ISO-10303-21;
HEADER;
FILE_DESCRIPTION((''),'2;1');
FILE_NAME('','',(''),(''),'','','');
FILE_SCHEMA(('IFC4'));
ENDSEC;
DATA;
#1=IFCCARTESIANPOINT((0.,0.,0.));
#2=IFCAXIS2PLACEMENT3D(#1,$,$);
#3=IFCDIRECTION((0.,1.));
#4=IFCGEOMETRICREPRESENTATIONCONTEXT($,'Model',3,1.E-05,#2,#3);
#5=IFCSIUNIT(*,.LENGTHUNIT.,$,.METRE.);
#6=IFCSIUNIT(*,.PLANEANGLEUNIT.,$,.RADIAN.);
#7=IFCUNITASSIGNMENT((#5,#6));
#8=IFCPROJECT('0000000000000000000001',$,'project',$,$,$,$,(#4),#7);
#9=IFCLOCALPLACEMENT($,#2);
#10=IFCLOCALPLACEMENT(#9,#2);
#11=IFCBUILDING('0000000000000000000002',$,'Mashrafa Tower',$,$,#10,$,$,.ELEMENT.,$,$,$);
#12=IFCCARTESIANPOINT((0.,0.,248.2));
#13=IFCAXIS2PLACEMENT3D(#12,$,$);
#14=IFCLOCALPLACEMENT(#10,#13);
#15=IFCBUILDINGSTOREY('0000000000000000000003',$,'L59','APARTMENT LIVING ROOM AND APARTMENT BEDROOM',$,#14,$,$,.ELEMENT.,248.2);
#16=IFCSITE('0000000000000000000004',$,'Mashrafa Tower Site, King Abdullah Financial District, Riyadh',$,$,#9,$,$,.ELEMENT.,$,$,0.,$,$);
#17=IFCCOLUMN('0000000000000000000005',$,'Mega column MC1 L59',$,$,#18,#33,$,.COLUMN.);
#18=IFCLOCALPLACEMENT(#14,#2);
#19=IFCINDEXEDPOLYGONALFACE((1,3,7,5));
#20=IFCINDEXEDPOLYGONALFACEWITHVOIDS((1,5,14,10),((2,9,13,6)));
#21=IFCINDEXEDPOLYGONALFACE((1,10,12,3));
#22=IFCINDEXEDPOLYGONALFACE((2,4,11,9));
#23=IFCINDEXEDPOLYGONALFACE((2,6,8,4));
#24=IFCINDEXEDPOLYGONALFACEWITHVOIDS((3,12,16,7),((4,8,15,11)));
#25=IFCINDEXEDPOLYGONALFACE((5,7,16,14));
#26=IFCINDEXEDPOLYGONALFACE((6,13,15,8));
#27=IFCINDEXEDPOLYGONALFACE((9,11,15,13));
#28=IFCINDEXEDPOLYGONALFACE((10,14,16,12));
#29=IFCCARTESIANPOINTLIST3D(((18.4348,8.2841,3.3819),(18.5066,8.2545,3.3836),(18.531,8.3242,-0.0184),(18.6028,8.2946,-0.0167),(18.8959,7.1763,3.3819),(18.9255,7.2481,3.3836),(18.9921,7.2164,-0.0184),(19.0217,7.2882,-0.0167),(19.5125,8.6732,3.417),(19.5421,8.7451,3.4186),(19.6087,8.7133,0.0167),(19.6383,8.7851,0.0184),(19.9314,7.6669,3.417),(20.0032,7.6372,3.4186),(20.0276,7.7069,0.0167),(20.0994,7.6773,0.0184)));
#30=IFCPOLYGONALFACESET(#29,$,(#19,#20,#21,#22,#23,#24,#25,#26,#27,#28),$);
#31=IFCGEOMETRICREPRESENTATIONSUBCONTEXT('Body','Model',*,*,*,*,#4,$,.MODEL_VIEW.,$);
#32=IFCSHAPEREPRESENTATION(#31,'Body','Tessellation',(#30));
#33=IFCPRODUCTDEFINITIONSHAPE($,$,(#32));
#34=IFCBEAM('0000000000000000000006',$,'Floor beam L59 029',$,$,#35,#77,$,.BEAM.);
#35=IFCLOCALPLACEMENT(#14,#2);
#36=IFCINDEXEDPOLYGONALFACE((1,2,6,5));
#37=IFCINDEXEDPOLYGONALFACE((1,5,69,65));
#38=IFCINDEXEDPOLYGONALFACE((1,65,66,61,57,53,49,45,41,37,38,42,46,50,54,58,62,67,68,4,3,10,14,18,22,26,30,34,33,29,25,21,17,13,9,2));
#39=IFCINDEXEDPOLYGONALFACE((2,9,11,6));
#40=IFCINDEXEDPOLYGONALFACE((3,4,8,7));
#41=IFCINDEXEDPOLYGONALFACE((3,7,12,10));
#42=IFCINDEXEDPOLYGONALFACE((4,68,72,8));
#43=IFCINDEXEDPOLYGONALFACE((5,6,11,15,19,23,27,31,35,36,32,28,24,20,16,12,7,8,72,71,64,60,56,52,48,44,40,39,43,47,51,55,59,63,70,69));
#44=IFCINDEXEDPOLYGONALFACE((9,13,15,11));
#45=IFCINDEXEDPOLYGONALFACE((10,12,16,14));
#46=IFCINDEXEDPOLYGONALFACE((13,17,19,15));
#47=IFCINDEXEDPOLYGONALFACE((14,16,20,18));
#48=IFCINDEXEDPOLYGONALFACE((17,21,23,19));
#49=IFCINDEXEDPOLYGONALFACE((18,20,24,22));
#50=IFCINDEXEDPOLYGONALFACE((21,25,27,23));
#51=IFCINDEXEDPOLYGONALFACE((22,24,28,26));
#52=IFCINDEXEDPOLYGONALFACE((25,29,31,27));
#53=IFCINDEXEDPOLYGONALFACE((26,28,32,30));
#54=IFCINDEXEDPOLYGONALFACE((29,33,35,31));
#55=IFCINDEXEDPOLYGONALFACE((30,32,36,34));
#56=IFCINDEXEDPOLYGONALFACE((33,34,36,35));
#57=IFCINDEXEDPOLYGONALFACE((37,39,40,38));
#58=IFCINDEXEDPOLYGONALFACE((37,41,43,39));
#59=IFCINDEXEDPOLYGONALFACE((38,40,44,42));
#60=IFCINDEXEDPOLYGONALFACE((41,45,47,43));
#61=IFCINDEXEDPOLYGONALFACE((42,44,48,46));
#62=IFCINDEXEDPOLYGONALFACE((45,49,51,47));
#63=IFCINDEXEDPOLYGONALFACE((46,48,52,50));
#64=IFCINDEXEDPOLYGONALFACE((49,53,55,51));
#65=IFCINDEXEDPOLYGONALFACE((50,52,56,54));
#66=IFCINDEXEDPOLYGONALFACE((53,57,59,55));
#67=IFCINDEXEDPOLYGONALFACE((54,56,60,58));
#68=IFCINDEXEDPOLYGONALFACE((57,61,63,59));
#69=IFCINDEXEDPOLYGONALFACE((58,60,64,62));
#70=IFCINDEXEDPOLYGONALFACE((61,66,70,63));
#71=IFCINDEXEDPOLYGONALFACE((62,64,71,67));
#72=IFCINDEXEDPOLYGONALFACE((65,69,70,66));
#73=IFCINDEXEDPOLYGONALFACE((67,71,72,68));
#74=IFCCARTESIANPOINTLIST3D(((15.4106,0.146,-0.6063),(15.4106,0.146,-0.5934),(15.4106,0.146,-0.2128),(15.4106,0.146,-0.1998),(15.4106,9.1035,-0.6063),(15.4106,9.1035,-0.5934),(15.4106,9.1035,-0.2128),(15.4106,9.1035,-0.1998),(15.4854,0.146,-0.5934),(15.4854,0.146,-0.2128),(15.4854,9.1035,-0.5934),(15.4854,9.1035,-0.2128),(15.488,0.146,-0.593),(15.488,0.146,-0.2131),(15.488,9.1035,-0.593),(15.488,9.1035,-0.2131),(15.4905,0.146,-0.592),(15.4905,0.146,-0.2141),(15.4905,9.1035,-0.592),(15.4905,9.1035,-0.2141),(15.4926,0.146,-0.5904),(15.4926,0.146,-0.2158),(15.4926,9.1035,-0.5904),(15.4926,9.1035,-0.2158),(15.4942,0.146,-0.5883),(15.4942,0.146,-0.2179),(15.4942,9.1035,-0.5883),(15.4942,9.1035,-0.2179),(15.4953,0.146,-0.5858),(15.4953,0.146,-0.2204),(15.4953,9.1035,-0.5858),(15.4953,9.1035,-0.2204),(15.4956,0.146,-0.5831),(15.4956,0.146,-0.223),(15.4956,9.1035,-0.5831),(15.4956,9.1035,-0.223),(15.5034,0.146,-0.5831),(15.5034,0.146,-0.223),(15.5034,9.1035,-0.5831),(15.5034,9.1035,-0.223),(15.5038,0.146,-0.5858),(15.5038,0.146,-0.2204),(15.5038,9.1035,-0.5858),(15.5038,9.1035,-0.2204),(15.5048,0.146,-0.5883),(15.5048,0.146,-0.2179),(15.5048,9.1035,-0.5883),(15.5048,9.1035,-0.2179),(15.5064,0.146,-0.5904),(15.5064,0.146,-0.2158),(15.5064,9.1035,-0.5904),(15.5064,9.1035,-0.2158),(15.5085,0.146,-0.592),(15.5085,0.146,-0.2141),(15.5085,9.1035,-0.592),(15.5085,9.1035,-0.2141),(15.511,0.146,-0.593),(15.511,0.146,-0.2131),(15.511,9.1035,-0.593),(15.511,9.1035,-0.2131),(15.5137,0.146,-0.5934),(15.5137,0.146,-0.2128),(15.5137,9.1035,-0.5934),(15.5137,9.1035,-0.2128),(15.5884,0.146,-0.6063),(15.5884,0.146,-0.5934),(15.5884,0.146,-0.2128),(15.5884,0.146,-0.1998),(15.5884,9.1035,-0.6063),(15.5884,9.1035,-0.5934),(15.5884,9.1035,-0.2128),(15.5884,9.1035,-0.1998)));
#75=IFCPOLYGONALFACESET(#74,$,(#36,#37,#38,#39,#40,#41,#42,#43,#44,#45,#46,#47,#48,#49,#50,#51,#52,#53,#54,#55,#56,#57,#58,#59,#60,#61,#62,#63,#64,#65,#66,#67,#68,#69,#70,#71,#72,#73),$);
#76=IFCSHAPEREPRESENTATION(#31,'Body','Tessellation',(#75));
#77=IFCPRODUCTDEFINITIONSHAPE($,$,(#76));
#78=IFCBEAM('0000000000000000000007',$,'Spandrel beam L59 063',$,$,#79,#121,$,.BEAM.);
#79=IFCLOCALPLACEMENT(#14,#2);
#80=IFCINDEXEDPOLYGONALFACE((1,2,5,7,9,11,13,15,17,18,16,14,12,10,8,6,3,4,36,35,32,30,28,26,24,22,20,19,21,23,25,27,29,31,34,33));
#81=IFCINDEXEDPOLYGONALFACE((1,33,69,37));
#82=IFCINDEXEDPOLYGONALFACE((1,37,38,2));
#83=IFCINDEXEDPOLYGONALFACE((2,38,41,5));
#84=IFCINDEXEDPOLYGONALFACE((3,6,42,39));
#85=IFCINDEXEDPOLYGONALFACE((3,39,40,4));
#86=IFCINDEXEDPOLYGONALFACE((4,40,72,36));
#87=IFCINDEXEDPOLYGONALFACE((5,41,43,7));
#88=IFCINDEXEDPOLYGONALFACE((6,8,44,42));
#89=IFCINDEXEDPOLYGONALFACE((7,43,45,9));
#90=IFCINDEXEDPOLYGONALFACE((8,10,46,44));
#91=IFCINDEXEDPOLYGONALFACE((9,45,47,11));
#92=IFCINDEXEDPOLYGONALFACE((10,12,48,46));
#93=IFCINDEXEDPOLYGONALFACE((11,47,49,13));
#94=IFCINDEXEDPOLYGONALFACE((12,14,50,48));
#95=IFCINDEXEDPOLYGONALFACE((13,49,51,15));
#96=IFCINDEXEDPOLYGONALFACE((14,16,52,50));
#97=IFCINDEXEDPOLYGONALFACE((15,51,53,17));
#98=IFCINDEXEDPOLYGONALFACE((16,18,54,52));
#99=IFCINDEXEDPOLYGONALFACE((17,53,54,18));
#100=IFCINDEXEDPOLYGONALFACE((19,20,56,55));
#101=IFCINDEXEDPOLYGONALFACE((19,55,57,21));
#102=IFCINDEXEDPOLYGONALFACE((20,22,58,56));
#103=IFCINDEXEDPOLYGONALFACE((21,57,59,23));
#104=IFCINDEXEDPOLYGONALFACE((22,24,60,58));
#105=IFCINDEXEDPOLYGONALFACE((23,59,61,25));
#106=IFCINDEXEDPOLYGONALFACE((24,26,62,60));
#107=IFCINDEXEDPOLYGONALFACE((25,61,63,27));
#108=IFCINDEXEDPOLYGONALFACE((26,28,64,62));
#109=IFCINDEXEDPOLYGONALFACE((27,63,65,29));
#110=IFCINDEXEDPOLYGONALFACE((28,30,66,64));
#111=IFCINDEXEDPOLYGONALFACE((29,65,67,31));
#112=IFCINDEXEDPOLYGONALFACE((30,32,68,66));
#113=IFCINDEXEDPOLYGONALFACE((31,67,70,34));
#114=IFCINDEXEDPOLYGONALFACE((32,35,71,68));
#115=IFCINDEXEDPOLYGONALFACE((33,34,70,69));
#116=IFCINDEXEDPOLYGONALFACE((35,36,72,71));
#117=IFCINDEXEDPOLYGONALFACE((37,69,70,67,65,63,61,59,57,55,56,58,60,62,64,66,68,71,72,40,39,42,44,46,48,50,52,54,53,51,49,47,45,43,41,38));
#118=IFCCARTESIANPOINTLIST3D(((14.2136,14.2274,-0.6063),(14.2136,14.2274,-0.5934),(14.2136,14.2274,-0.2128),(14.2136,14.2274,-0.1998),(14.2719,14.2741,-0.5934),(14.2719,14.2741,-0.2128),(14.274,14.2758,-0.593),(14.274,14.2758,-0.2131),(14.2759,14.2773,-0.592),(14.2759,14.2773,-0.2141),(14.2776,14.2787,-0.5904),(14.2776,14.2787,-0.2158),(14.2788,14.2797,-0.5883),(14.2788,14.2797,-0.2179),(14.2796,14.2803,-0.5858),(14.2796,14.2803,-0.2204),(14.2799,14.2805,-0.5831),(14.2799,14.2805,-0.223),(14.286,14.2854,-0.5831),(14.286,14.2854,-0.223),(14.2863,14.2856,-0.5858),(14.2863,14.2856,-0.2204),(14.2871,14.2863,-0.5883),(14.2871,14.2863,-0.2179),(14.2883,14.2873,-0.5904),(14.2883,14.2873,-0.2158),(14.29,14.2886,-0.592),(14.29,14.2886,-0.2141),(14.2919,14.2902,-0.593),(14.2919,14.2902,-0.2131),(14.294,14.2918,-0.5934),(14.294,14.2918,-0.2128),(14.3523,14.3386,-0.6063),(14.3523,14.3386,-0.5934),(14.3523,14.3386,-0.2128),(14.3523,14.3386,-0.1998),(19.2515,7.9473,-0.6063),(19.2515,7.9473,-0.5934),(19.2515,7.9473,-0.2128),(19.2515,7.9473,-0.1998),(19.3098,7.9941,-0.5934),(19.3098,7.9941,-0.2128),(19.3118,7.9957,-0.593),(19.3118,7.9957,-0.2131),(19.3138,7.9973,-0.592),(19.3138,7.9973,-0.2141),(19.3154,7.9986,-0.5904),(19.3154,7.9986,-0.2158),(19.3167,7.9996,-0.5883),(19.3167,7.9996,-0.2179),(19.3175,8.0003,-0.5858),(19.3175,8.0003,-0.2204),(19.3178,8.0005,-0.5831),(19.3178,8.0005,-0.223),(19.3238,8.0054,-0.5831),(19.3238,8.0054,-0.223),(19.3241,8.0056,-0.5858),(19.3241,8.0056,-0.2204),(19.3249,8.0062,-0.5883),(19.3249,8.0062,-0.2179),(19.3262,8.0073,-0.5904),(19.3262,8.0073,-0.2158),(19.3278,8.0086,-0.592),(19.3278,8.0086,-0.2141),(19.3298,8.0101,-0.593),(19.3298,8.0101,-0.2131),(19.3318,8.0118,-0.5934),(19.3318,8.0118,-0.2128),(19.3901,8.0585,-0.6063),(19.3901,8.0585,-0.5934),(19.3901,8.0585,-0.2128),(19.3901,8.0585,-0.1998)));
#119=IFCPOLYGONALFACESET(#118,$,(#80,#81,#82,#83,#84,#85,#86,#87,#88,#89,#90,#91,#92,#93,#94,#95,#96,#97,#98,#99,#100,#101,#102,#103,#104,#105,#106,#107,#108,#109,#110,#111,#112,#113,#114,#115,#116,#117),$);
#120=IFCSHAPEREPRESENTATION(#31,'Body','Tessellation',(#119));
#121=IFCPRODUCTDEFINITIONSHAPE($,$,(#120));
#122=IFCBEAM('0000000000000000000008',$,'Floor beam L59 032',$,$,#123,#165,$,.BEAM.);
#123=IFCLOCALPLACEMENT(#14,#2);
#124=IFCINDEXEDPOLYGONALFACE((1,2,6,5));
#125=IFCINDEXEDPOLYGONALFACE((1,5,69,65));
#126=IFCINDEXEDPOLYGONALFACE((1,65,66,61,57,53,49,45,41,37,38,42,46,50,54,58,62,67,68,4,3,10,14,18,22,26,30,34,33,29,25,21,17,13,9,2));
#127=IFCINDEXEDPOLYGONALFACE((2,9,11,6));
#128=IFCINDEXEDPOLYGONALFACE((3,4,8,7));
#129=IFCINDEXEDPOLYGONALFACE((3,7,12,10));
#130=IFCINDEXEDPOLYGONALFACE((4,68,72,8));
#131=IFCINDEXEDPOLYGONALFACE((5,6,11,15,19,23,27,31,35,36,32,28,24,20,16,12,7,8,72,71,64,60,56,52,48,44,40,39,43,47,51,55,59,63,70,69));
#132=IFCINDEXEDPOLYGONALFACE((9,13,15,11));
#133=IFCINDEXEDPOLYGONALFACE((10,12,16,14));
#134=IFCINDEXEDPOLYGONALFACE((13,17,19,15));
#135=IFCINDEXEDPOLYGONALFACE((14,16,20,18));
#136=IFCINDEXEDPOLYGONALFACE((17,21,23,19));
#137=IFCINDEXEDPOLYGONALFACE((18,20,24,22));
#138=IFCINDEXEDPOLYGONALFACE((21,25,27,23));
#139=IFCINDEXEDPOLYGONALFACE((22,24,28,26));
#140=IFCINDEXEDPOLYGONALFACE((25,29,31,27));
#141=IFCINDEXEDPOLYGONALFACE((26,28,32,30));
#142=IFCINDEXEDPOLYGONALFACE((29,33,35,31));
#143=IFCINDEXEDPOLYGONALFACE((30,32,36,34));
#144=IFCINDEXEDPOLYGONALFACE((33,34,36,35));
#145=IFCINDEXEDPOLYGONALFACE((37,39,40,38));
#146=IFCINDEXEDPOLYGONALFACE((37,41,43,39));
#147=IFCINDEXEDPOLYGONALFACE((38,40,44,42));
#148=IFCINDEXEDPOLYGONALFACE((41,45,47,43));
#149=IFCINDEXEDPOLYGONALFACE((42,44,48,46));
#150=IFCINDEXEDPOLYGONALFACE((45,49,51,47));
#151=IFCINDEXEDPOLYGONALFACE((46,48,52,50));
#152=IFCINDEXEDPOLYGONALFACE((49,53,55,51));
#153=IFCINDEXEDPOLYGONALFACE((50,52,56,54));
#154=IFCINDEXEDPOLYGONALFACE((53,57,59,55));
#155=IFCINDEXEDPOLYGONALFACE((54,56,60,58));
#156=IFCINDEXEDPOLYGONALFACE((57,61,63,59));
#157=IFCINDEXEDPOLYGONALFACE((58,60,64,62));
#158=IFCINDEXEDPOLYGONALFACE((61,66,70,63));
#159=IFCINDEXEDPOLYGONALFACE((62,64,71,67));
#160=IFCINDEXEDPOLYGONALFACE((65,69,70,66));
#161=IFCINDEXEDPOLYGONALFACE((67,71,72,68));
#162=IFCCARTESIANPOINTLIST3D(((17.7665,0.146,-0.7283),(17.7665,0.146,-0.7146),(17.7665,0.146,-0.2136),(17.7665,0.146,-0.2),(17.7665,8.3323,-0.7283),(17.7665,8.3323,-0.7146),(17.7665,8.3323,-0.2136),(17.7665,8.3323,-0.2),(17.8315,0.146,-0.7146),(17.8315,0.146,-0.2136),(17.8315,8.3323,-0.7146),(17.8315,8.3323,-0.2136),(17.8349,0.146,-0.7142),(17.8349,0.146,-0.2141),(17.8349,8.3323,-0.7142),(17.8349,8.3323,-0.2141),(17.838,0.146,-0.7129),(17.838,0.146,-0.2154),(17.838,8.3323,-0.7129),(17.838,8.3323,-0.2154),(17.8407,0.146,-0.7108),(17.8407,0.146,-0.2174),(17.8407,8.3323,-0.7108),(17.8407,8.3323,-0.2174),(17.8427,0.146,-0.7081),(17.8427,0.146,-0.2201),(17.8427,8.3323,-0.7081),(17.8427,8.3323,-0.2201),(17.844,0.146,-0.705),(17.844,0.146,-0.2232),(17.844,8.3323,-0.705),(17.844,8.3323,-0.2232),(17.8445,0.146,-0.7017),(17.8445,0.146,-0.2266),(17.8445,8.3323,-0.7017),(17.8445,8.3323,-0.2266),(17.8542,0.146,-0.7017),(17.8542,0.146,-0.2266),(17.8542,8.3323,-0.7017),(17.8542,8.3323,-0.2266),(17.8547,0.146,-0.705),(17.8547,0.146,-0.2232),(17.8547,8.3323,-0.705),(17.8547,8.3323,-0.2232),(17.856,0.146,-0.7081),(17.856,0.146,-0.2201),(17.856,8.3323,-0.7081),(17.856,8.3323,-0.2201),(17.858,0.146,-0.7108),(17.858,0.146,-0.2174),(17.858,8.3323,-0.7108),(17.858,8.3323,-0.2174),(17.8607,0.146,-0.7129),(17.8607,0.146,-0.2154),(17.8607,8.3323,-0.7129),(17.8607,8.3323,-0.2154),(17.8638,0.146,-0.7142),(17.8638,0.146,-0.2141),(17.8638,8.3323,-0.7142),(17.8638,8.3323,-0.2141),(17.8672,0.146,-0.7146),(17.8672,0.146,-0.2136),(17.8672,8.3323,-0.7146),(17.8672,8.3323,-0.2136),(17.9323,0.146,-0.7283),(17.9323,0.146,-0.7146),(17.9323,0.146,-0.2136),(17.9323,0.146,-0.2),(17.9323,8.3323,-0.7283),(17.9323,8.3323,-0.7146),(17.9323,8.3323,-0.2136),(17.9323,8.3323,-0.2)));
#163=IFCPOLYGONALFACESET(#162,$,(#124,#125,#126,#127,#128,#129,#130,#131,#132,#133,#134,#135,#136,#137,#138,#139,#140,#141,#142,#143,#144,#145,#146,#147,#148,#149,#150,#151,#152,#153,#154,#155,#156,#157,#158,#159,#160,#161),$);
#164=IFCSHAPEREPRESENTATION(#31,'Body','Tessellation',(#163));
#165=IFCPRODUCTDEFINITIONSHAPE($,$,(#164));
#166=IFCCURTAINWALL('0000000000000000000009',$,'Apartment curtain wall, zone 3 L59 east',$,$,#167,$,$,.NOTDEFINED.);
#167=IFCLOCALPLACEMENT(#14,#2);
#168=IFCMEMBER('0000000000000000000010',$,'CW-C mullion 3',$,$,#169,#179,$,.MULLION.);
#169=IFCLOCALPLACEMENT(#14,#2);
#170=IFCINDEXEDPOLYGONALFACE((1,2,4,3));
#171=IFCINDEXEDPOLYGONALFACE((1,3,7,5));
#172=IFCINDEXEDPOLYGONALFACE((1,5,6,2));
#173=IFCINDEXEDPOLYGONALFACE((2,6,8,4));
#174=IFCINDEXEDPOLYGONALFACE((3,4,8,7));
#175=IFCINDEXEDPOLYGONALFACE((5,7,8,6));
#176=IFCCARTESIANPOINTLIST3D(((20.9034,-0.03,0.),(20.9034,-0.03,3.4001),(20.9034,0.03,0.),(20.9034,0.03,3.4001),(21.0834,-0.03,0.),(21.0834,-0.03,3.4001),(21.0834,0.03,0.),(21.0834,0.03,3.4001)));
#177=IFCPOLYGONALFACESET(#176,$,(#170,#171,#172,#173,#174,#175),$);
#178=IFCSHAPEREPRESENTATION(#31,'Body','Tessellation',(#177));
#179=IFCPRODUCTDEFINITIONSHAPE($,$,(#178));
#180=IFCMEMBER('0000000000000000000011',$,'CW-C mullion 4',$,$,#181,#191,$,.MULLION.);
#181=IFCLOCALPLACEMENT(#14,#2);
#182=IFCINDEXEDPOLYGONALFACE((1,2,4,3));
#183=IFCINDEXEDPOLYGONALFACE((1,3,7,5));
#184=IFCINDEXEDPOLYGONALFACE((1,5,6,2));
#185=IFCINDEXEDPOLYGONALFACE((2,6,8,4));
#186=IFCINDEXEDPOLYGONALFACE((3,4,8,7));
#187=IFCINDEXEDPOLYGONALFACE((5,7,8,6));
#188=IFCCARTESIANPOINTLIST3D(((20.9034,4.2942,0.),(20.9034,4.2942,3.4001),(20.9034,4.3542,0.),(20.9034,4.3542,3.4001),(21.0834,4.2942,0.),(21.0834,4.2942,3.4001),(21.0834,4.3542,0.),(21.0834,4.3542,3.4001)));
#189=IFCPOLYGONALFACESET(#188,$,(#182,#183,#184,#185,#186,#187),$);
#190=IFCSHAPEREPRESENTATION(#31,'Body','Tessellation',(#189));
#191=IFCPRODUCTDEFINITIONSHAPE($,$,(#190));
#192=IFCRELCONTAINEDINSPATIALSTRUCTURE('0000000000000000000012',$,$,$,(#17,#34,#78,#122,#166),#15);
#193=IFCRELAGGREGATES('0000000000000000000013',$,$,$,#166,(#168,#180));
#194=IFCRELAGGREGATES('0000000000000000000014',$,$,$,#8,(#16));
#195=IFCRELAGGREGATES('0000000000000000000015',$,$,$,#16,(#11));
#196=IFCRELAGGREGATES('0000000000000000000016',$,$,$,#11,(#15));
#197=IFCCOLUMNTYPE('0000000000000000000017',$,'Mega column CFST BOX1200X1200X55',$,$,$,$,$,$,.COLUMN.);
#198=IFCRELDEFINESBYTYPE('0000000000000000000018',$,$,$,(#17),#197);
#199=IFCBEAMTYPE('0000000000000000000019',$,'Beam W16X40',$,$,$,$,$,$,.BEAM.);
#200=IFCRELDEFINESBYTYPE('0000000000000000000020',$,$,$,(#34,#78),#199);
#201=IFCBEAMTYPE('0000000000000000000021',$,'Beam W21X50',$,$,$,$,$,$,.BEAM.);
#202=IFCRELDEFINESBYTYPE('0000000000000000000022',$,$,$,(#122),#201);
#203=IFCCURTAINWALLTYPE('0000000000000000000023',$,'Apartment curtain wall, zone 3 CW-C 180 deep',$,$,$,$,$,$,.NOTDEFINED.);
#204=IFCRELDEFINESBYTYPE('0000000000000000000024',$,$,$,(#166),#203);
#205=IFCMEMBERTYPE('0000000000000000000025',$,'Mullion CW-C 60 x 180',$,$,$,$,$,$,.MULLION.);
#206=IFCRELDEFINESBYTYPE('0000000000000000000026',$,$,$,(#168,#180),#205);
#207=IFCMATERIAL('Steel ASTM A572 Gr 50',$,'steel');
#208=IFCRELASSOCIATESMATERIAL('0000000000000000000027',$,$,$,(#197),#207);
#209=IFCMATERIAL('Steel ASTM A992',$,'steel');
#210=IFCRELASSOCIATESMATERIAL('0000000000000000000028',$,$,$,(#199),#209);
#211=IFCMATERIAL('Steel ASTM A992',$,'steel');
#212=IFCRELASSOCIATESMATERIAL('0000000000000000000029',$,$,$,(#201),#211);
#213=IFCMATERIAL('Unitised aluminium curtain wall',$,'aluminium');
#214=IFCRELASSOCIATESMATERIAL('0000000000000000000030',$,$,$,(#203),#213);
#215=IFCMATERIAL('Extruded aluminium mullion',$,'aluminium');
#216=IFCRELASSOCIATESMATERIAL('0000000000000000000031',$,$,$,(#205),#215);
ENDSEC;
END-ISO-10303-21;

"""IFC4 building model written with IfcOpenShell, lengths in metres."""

from ifc_helpers import new_model, si_unit, direction, frame, origin, origin_2d, place, context, subcontext, project, spatial, rectangle, hollow_rectangle, i_section, extrude, source, transform, mapped, material, material_profile, profile_set, type_object, type_shapes, element, aggregate, save


model = new_model("IFC4")

# Units and contexts
model_context = context("Model", 3, precision=1e-05, world=origin(), true_north=direction((0.0, 1.0)))
body_context = subcontext(model_context, "Body", "Model", "MODEL_VIEW")
ifc_project = project(units=[si_unit("LENGTHUNIT", "METRE"), si_unit("PLANEANGLEUNIT", "RADIAN")], contexts=[model_context])

# Site, building, storey
site_placement = place(None, origin())
site = spatial("IfcSite", under=ifc_project, at=site_placement, Name="Mashrafa Tower Site, King Abdullah Financial District, Riyadh", CompositionType="ELEMENT", RefElevation=0.0)
building_placement = place(site_placement, origin())
building = spatial("IfcBuilding", under=site, at=building_placement, Name="Mashrafa Tower", CompositionType="ELEMENT")
storey_placement = place(building_placement, frame((0.0, 0.0, 248.2)))
storey = spatial("IfcBuildingStorey", under=building, at=storey_placement, Name="L59", Description="APARTMENT LIVING ROOM AND APARTMENT BEDROOM", CompositionType="ELEMENT", Elevation=248.2)

# Column
ifc_material_1 = material(Name="Steel ASTM A572 Gr 50", Category="steel")
ifc_material_profile_1 = material_profile(ifc_material_1, hollow_rectangle(XDim=1.2, YDim=1.2, WallThickness=0.0549, at=origin_2d()), Name="BOX1200X1200X55")
ifc_profile_set_1 = profile_set([ifc_material_profile_1], Name="Steel ASTM A572 Gr 50")
column_type = type_object("IfcColumnType", Name="Mega column CFST BOX1200X1200X55", PredefinedType="COLUMN", material=ifc_profile_set_1)
column_placement = place(storey_placement, frame((19.3152, 8.0007, 0.0), z_axis=(-0.028277, -0.01177, 0.999531), x_axis=(0.384283, -0.923216, 0.0)))
element("IfcColumn", 1, at=column_placement, inside=storey, type_object=column_type, Name="Mega column MC1 L59", PredefinedType="COLUMN", context=body_context, shape_type="SweptSolid", body=[
    extrude(hollow_rectangle(XDim=1.2, YDim=1.2, WallThickness=0.0549, at=origin_2d()), origin(), (0.0, 0.0, 1.0), 3.4019),
])

# Beams
ifc_material_2 = material(Name="Steel ASTM A992", Category="steel")
ifc_material_profile_2 = material_profile(ifc_material_2, i_section(OverallWidth=0.1777, OverallDepth=0.4065, WebThickness=0.0078, FlangeThickness=0.0129, FilletRadius=0.0103, at=origin_2d()), Name="W16X40")
ifc_profile_set_2 = profile_set([ifc_material_profile_2], Name="Steel ASTM A992")
beam_type_1 = type_object("IfcBeamType", Name="Beam W16X40", PredefinedType="BEAM", material=ifc_profile_set_2)
beam_1_placement = place(storey_placement, frame((15.4995, 9.1035, -0.4031), z_axis=(0.0, -1.0, 0.0), x_axis=(1.0, 0.0, 0.0)))
element("IfcBeam", 2, at=beam_1_placement, inside=storey, type_object=beam_type_1, Name="Floor beam L59 029", PredefinedType="BEAM", context=body_context, shape_type="SweptSolid", body=[
    extrude(i_section(OverallWidth=0.1777, OverallDepth=0.4065, WebThickness=0.0078, FlangeThickness=0.0129, FilletRadius=0.0103, at=origin_2d()), origin(), (0.0, 0.0, 1.0), 8.9575),
])
beam_2_placement = place(storey_placement, frame((19.3208, 8.0029, -0.4031), z_axis=(-0.625741, 0.780031, 0.0), x_axis=(-0.780031, -0.625741, 0.0)))
element("IfcBeam", 3, at=beam_2_placement, inside=storey, type_object=beam_type_1, Name="Spandrel beam L59 063", PredefinedType="BEAM", context=body_context, shape_type="SweptSolid", body=[
    extrude(i_section(OverallWidth=0.1777, OverallDepth=0.4065, WebThickness=0.0078, FlangeThickness=0.0129, FilletRadius=0.0103, at=origin_2d()), origin(), (0.0, 0.0, 1.0), 8.051),
])
ifc_material_3 = material(Name="Steel ASTM A992", Category="steel")
ifc_material_profile_3 = material_profile(ifc_material_3, i_section(OverallWidth=0.1658, OverallDepth=0.5283, WebThickness=0.0098, FlangeThickness=0.0137, FilletRadius=0.0129, at=origin_2d()), Name="W21X50")
ifc_profile_set_3 = profile_set([ifc_material_profile_3], Name="Steel ASTM A992")
beam_type_2 = type_object("IfcBeamType", Name="Beam W21X50", PredefinedType="BEAM", material=ifc_profile_set_3)
beam_3_placement = place(storey_placement, frame((17.8494, 8.3323, -0.4641), z_axis=(0.0, -1.0, 0.0), x_axis=(1.0, 0.0, 0.0)))
element("IfcBeam", 4, at=beam_3_placement, inside=storey, type_object=beam_type_2, Name="Floor beam L59 032", PredefinedType="BEAM", context=body_context, shape_type="SweptSolid", body=[
    extrude(i_section(OverallWidth=0.1658, OverallDepth=0.5283, WebThickness=0.0098, FlangeThickness=0.0137, FilletRadius=0.0129, at=origin_2d()), origin(), (0.0, 0.0, 1.0), 8.1863),
])

# Curtain wall, members
ifc_material_4 = material(Name="Unitised aluminium curtain wall", Category="aluminium")
curtain_wall_type = type_object("IfcCurtainWallType", Name="Apartment curtain wall, zone 3 CW-C 180 deep", PredefinedType="NOTDEFINED", material=ifc_material_4)
curtain_wall_1_placement = place(storey_placement, origin())
curtain_wall_1 = element("IfcCurtainWall", 5, at=curtain_wall_1_placement, inside=storey, type_object=curtain_wall_type, Name="Apartment curtain wall, zone 3 L59 east", PredefinedType="NOTDEFINED")
ifc_material_5 = material(Name="Extruded aluminium mullion", Category="aluminium")
ifc_material_profile_4 = material_profile(ifc_material_5, rectangle(XDim=0.1799, YDim=0.0601, at=origin_2d()), Name="Mullion 60x180")
ifc_profile_set_4 = profile_set([ifc_material_profile_4], Name="Extruded aluminium mullion")
member_type_1 = type_object("IfcMemberType", Name="Mullion CW-C 60 x 180", PredefinedType="MULLION", material=ifc_profile_set_4)
shared_shape_1 = source(origin(), body_context, "Body", "SweptSolid", [
    extrude(rectangle(XDim=0.1799, YDim=0.0601, at=origin_2d()), origin(), (0.0, 0.0, 1.0), 3.4001),
])
type_shapes(member_type_1, [shared_shape_1])
member_1_placement = place(storey_placement, frame((20.9934, 0.0, 0.0), z_axis=(0.0, 0.0, 1.0), x_axis=(-1.0, 0.0, 0.0)))
member_1 = element("IfcMember", 6, at=member_1_placement, type_object=member_type_1, Name="CW-C mullion 3", PredefinedType="MULLION", context=body_context, shape_type="MappedRepresentation", body=[
    mapped(shared_shape_1, transform((0.0, 0.0, 0.0))),
])
member_2_placement = place(storey_placement, frame((20.9934, 4.3242, 0.0), z_axis=(0.0, 0.0, 1.0), x_axis=(-1.0, 0.0, 0.0)))
member_2 = element("IfcMember", 7, at=member_2_placement, type_object=member_type_1, Name="CW-C mullion 4", PredefinedType="MULLION", context=body_context, shape_type="MappedRepresentation", body=[
    mapped(shared_shape_1, transform((0.0, 0.0, 0.0))),
])

aggregate(curtain_wall_1, [member_1, member_2])

save(model, "model.ifc")
